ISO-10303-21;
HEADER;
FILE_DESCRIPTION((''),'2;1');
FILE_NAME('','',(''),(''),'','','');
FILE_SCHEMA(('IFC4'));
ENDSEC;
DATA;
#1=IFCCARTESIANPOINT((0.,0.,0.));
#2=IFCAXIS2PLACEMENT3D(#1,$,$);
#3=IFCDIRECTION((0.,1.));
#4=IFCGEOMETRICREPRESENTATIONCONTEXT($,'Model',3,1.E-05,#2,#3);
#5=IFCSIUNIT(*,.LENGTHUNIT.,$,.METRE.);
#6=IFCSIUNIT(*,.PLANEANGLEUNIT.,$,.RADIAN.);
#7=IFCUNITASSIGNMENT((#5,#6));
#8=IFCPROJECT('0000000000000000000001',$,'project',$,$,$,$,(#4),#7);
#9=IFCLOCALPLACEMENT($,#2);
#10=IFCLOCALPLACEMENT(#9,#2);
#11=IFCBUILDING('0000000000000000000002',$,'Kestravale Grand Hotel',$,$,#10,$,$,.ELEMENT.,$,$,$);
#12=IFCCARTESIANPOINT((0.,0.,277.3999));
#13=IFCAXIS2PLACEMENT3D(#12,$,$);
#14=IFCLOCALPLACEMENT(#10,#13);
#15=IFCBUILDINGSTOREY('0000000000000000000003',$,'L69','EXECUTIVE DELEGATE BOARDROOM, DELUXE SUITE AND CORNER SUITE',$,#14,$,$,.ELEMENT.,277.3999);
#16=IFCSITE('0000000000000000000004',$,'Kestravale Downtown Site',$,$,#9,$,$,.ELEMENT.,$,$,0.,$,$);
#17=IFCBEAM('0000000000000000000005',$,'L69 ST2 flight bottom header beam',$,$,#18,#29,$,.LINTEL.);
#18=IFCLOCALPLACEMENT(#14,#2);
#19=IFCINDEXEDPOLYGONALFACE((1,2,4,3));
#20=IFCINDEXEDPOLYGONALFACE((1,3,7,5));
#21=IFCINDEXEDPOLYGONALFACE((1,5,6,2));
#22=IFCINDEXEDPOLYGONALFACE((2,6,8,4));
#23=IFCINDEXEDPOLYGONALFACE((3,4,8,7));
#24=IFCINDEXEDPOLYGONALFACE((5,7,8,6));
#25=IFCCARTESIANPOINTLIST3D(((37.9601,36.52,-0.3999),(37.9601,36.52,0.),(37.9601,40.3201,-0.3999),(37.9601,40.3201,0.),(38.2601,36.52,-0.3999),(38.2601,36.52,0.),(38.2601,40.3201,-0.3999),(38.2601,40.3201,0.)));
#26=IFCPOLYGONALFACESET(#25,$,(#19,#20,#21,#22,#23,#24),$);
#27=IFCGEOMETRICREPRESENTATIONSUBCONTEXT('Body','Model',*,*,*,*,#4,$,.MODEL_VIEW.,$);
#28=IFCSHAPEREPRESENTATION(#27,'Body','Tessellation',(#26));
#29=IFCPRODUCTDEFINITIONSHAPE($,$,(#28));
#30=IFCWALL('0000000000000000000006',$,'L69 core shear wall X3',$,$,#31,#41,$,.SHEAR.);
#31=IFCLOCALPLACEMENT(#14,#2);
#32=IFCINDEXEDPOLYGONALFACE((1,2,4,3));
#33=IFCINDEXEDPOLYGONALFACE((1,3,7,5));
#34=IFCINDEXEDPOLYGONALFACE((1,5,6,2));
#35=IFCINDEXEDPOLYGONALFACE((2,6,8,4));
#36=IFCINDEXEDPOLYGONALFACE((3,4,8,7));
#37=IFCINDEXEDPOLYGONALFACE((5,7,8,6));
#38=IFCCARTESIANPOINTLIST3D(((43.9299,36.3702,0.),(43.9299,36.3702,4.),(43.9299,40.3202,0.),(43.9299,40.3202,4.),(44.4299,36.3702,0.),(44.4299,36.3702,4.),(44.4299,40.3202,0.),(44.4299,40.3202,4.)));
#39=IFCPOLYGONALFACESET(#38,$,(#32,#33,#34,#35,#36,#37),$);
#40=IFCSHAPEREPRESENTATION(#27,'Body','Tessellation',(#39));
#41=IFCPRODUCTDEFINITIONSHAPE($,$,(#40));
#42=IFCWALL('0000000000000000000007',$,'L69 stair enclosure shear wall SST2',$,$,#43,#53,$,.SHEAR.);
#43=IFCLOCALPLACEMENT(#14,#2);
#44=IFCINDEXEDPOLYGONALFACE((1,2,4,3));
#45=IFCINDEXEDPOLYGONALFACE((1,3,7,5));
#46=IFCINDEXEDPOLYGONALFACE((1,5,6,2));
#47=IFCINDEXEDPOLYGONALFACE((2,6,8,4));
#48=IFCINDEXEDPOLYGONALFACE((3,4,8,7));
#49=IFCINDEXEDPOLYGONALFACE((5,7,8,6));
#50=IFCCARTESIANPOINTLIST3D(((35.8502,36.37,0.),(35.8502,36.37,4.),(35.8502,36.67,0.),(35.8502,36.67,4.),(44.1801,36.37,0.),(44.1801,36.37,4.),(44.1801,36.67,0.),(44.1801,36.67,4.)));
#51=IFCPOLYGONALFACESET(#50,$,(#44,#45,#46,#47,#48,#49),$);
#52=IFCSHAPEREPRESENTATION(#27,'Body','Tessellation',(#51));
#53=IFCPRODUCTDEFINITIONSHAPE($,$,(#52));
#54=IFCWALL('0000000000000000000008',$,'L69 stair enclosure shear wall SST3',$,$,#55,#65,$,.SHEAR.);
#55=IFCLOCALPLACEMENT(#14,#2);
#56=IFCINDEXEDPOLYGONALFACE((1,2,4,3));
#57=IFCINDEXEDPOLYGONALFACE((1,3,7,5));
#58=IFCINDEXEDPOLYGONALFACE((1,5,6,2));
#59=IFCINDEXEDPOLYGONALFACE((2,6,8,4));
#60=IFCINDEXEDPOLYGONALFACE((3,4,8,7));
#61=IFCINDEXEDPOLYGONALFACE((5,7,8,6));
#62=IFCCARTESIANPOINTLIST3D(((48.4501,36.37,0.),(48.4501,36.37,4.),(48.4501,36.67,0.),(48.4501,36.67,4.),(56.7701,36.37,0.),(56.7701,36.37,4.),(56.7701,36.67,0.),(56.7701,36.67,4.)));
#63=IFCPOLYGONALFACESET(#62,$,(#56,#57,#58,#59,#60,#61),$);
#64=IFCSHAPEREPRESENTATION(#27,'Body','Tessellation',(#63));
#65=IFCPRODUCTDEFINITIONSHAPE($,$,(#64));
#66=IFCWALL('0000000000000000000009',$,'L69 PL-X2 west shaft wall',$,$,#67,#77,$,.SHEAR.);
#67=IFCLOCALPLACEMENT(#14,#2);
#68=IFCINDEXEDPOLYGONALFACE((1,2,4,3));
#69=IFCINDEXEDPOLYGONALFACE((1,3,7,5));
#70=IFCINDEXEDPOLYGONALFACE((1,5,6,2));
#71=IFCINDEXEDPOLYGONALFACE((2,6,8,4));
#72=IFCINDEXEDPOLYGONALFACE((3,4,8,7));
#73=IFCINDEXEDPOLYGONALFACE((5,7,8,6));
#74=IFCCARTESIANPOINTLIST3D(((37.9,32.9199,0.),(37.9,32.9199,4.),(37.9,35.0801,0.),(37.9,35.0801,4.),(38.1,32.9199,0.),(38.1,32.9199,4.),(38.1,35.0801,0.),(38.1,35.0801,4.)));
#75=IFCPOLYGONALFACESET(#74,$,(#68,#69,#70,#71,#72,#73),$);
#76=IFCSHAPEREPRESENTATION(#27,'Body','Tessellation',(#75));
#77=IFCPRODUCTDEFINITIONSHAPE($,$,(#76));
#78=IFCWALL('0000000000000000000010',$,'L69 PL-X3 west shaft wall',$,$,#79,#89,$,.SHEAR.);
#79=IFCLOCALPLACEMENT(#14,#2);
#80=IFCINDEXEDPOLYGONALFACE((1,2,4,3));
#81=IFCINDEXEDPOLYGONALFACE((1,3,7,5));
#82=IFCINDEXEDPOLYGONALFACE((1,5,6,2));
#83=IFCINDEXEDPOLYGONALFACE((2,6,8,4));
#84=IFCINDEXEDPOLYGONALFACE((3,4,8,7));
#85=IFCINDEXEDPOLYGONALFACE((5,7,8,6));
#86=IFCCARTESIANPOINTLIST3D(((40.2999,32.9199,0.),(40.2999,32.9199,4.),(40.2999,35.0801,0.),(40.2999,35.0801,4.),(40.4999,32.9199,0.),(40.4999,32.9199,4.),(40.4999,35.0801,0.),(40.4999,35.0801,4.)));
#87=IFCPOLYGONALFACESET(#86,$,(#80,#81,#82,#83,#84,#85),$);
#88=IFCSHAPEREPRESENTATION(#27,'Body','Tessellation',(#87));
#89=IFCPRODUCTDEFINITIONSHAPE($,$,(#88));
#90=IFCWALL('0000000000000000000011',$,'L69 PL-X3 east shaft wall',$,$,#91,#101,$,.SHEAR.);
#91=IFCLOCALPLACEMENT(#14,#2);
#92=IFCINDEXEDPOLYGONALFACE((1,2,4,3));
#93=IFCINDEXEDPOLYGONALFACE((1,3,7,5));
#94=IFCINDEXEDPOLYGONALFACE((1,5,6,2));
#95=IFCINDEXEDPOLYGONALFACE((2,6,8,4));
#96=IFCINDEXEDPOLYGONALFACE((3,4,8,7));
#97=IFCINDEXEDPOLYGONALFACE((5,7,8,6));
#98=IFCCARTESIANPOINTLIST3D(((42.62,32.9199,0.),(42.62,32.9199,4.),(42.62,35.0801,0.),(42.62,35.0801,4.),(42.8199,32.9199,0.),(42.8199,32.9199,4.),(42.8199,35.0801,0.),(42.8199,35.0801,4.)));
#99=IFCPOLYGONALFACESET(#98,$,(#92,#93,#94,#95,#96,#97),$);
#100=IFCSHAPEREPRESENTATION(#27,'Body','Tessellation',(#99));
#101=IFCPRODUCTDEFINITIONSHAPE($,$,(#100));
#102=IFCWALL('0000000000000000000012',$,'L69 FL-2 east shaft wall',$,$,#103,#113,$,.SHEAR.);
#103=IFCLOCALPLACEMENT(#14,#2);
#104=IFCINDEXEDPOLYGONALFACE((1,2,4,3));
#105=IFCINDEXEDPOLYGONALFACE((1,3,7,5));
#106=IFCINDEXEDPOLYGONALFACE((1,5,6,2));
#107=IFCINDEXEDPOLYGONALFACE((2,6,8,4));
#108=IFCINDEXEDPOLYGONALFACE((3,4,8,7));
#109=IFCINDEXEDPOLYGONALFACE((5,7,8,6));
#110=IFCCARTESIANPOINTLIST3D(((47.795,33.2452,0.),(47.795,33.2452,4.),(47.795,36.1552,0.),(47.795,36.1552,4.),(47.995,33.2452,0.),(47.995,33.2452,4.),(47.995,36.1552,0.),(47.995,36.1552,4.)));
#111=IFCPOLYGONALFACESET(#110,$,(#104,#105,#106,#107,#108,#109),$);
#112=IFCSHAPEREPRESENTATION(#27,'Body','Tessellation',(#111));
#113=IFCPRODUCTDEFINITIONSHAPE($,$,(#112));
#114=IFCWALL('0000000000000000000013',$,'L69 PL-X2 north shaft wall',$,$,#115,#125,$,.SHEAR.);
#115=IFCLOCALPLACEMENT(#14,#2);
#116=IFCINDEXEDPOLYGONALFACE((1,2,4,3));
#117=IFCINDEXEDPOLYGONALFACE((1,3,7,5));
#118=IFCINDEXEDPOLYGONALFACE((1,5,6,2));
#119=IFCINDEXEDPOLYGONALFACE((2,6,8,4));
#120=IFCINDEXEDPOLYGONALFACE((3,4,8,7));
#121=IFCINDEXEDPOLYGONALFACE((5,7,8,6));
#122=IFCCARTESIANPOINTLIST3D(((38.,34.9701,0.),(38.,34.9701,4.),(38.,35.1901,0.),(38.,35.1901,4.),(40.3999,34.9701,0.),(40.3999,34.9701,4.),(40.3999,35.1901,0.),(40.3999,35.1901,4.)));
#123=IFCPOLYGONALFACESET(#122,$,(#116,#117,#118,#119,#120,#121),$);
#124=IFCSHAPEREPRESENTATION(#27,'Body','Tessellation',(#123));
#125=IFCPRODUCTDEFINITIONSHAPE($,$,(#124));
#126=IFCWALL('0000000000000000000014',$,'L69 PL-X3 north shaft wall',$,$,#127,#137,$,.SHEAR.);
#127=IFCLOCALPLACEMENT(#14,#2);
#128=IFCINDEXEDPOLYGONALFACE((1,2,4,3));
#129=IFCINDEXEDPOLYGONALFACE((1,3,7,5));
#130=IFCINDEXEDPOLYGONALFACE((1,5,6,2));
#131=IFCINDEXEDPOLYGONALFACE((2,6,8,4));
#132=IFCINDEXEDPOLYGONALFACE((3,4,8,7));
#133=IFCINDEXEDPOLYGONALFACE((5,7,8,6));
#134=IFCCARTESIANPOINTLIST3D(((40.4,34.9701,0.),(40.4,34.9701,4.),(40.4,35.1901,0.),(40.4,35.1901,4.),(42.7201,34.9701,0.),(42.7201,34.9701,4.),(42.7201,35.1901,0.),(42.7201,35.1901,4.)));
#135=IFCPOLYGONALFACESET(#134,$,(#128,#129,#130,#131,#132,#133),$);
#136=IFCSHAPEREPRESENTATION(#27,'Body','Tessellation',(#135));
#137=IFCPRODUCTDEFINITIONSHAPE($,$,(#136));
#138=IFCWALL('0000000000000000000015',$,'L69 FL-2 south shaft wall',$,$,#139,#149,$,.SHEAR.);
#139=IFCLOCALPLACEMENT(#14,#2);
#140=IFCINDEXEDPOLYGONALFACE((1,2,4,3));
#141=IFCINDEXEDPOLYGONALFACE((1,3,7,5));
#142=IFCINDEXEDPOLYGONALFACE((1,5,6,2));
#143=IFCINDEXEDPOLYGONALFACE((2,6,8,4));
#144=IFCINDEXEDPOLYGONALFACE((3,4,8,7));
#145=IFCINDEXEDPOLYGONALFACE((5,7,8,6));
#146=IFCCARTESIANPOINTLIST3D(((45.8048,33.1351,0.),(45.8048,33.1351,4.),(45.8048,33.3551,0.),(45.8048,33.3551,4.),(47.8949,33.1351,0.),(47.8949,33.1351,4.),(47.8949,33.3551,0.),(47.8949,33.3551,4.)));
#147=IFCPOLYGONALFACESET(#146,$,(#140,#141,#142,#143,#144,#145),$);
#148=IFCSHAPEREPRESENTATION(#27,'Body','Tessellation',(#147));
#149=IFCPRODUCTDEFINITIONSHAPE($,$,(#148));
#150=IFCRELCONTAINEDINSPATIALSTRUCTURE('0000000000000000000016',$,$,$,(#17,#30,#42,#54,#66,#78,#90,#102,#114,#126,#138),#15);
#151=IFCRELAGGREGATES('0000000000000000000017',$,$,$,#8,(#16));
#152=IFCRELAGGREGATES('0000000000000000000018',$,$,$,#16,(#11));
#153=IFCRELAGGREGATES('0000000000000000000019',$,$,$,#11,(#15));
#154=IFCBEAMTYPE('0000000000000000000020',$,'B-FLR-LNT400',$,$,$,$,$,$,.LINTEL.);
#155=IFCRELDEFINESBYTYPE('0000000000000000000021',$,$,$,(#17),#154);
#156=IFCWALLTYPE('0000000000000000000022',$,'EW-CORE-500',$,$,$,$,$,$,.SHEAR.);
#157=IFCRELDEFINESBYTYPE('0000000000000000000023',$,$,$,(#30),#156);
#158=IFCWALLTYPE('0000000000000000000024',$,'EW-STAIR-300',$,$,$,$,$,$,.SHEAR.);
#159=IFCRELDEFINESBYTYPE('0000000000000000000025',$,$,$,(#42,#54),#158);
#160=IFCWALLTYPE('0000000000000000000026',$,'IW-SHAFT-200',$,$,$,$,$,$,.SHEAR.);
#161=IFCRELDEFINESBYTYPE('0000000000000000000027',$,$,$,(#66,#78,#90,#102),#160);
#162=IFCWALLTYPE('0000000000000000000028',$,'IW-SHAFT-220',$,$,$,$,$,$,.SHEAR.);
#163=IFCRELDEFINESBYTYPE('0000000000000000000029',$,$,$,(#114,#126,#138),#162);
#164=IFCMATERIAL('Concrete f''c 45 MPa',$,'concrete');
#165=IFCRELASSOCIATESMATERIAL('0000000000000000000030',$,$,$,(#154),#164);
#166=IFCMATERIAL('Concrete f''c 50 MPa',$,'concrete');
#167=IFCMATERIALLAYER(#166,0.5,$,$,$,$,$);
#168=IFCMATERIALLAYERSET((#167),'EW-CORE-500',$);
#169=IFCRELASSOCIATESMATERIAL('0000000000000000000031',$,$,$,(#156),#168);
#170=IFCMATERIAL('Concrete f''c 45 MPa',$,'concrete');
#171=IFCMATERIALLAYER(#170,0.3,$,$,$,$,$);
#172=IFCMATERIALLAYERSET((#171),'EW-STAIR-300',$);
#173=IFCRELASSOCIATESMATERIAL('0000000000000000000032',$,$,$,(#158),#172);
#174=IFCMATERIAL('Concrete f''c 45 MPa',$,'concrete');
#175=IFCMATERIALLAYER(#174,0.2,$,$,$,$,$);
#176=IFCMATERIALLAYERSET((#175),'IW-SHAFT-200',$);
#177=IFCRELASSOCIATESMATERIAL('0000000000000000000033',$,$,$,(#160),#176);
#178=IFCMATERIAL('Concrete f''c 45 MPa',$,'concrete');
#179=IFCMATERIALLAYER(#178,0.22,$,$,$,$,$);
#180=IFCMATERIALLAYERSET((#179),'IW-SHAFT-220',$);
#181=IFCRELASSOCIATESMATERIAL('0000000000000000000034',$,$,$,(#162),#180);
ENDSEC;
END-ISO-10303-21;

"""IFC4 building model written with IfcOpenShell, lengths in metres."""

from ifc_helpers import new_model, si_unit, direction, frame, frame_2d, origin, origin_2d, place, context, subcontext, project, spatial, rectangle, extrude, material, layer, layer_set, material_profile, profile_set, type_object, element, save


model = new_model("IFC4")

# Units and contexts
model_context = context("Model", 3, precision=1e-05, world=origin(), true_north=direction((0.0, 1.0)))
body_context = subcontext(model_context, "Body", "Model", "MODEL_VIEW")
ifc_project = project(units=[si_unit("LENGTHUNIT", "METRE"), si_unit("PLANEANGLEUNIT", "RADIAN")], contexts=[model_context])

# Site, building, storey
site_placement = place(None, origin())
site = spatial("IfcSite", under=ifc_project, at=site_placement, Name="Kestravale Downtown Site", CompositionType="ELEMENT", RefElevation=0.0)
building_placement = place(site_placement, origin())
building = spatial("IfcBuilding", under=site, at=building_placement, Name="Kestravale Grand Hotel", CompositionType="ELEMENT")
storey_placement = place(building_placement, frame((0.0, 0.0, 277.3999)))
storey = spatial("IfcBuildingStorey", under=building, at=storey_placement, Name="L69", Description="EXECUTIVE DELEGATE BOARDROOM, DELUXE SUITE AND CORNER SUITE", CompositionType="ELEMENT", Elevation=277.3999)

# Beam
ifc_material_1 = material(Name="Concrete f'c 45 MPa", Category="concrete")
ifc_material_profile = material_profile(ifc_material_1, rectangle(XDim=0.3, YDim=0.3999, at=origin_2d()))
ifc_profile_set = profile_set([ifc_material_profile], Name="Concrete f'c 45 MPa")
beam_type = type_object("IfcBeamType", Name="B-FLR-LNT400", PredefinedType="LINTEL", material=ifc_profile_set)
beam_placement = place(storey_placement, frame((38.1101, 36.52, -0.2), z_axis=(0.0, 1.0, 0.0), x_axis=(-1.0, 0.0, 0.0)))
element("IfcBeam", 1, at=beam_placement, inside=storey, type_object=beam_type, Name="L69 ST2 flight bottom header beam", PredefinedType="LINTEL", context=body_context, shape_type="SweptSolid", body=[
    extrude(rectangle(XDim=0.3, YDim=0.3999, at=origin_2d()), origin(), (0.0, 0.0, 1.0), 3.8),
])

# Walls
ifc_material_2 = material(Name="Concrete f'c 50 MPa", Category="concrete")
ifc_layer_1 = layer(ifc_material_2, 0.5)
ifc_layer_set_1 = layer_set([ifc_layer_1], Name="EW-CORE-500")
wall_type_1 = type_object("IfcWallType", Name="EW-CORE-500", PredefinedType="SHEAR", material=ifc_layer_set_1)
wall_1_placement = place(storey_placement, frame((44.1799, 36.3701, 0.0), z_axis=(0.0, 0.0, 1.0), x_axis=(0.0, 1.0, 0.0)))
element("IfcWall", 2, at=wall_1_placement, inside=storey, type_object=wall_type_1, Name="L69 core shear wall X3", PredefinedType="SHEAR", context=body_context, shape_type="SweptSolid", body=[
    extrude(rectangle(XDim=3.95, YDim=0.5, at=frame_2d((1.9751, 0.0))), origin(), (0.0, 0.0, 1.0), 4.0),
])
ifc_material_3 = material(Name="Concrete f'c 45 MPa", Category="concrete")
ifc_layer_2 = layer(ifc_material_3, 0.3)
ifc_layer_set_2 = layer_set([ifc_layer_2], Name="EW-STAIR-300")
wall_type_2 = type_object("IfcWallType", Name="EW-STAIR-300", PredefinedType="SHEAR", material=ifc_layer_set_2)
wall_2_placement = place(storey_placement, frame((35.8501, 36.52, 0.0), z_axis=(0.0, 0.0, 1.0), x_axis=(1.0, 0.0, 0.0)))
element("IfcWall", 3, at=wall_2_placement, inside=storey, type_object=wall_type_2, Name="L69 stair enclosure shear wall SST2", PredefinedType="SHEAR", context=body_context, shape_type="SweptSolid", body=[
    extrude(rectangle(XDim=8.3298, YDim=0.3, at=frame_2d((4.165, 0.0))), origin(), (0.0, 0.0, 1.0), 4.0),
])
wall_3_placement = place(storey_placement, frame((48.45, 36.52, 0.0), z_axis=(0.0, 0.0, 1.0), x_axis=(1.0, 0.0, 0.0)))
element("IfcWall", 4, at=wall_3_placement, inside=storey, type_object=wall_type_2, Name="L69 stair enclosure shear wall SST3", PredefinedType="SHEAR", context=body_context, shape_type="SweptSolid", body=[
    extrude(rectangle(XDim=8.3201, YDim=0.3, at=frame_2d((4.1602, 0.0))), origin(), (0.0, 0.0, 1.0), 4.0),
])

# Walls
ifc_material_4 = material(Name="Concrete f'c 45 MPa", Category="concrete")
ifc_layer_3 = layer(ifc_material_4, 0.2)
ifc_layer_set_3 = layer_set([ifc_layer_3], Name="IW-SHAFT-200")
wall_type_3 = type_object("IfcWallType", Name="IW-SHAFT-200", PredefinedType="SHEAR", material=ifc_layer_set_3)
for number, where, z_axis, x_axis, name in (
    (5, (38.0, 32.9199, 0.0), (0.0, 0.0, 1.0), (0.0, 1.0, 0.0), "L69 PL-X2 west shaft wall"),
    (6, (40.3999, 32.9199, 0.0), (0.0, 0.0, 1.0), (0.0, 1.0, 0.0), "L69 PL-X3 west shaft wall"),
    (7, (42.72, 32.9199, 0.0), (0.0, 0.0, 1.0), (0.0, 1.0, 0.0), "L69 PL-X3 east shaft wall"),
):
    element("IfcWall", number, at=place(storey_placement, frame(where, z_axis=z_axis, x_axis=x_axis)), inside=storey, type_object=wall_type_3, Name=name, PredefinedType="SHEAR", context=body_context, shape_type="SweptSolid", body=[
        extrude(rectangle(XDim=2.1602, YDim=0.2, at=frame_2d((1.0801, 0.0))), origin(), (0.0, 0.0, 1.0), 4.0),
    ])
wall_4_placement = place(storey_placement, frame((47.895, 33.2451, 0.0), z_axis=(0.0, 0.0, 1.0), x_axis=(0.0, 1.0, 0.0)))
element("IfcWall", 8, at=wall_4_placement, inside=storey, type_object=wall_type_3, Name="L69 FL-2 east shaft wall", PredefinedType="SHEAR", context=body_context, shape_type="SweptSolid", body=[
    extrude(rectangle(XDim=2.9099, YDim=0.2, at=frame_2d((1.4551, 0.0))), origin(), (0.0, 0.0, 1.0), 4.0),
])
ifc_material_5 = material(Name="Concrete f'c 45 MPa", Category="concrete")
ifc_layer_4 = layer(ifc_material_5, 0.22)
ifc_layer_set_4 = layer_set([ifc_layer_4], Name="IW-SHAFT-220")
wall_type_4 = type_object("IfcWallType", Name="IW-SHAFT-220", PredefinedType="SHEAR", material=ifc_layer_set_4)
wall_5_placement = place(storey_placement, frame((38.0, 35.0801, 0.0), z_axis=(0.0, 0.0, 1.0), x_axis=(1.0, 0.0, 0.0)))
element("IfcWall", 9, at=wall_5_placement, inside=storey, type_object=wall_type_4, Name="L69 PL-X2 north shaft wall", PredefinedType="SHEAR", context=body_context, shape_type="SweptSolid", body=[
    extrude(rectangle(XDim=2.3999, YDim=0.22, at=frame_2d((1.2, 0.0))), origin(), (0.0, 0.0, 1.0), 4.0),
])

# Wall
wall_6_placement = place(storey_placement, frame((40.3999, 35.0801, 0.0), z_axis=(0.0, 0.0, 1.0), x_axis=(1.0, 0.0, 0.0)))
element("IfcWall", 10, at=wall_6_placement, inside=storey, type_object=wall_type_4, Name="L69 PL-X3 north shaft wall", PredefinedType="SHEAR", context=body_context, shape_type="SweptSolid", body=[
    extrude(rectangle(XDim=2.3201, YDim=0.22, at=frame_2d((1.1602, 0.0))), origin(), (0.0, 0.0, 1.0), 4.0),
])

# Wall
wall_7_placement = place(storey_placement, frame((45.8049, 33.2451, 0.0), z_axis=(0.0, 0.0, 1.0), x_axis=(1.0, 0.0, 0.0)))
element("IfcWall", 11, at=wall_7_placement, inside=storey, type_object=wall_type_4, Name="L69 FL-2 south shaft wall", PredefinedType="SHEAR", context=body_context, shape_type="SweptSolid", body=[
    extrude(rectangle(XDim=2.0901, YDim=0.22, at=frame_2d((1.0449, 0.0))), origin(), (0.0, 0.0, 1.0), 4.0),
])

save(model, "model.ifc")
